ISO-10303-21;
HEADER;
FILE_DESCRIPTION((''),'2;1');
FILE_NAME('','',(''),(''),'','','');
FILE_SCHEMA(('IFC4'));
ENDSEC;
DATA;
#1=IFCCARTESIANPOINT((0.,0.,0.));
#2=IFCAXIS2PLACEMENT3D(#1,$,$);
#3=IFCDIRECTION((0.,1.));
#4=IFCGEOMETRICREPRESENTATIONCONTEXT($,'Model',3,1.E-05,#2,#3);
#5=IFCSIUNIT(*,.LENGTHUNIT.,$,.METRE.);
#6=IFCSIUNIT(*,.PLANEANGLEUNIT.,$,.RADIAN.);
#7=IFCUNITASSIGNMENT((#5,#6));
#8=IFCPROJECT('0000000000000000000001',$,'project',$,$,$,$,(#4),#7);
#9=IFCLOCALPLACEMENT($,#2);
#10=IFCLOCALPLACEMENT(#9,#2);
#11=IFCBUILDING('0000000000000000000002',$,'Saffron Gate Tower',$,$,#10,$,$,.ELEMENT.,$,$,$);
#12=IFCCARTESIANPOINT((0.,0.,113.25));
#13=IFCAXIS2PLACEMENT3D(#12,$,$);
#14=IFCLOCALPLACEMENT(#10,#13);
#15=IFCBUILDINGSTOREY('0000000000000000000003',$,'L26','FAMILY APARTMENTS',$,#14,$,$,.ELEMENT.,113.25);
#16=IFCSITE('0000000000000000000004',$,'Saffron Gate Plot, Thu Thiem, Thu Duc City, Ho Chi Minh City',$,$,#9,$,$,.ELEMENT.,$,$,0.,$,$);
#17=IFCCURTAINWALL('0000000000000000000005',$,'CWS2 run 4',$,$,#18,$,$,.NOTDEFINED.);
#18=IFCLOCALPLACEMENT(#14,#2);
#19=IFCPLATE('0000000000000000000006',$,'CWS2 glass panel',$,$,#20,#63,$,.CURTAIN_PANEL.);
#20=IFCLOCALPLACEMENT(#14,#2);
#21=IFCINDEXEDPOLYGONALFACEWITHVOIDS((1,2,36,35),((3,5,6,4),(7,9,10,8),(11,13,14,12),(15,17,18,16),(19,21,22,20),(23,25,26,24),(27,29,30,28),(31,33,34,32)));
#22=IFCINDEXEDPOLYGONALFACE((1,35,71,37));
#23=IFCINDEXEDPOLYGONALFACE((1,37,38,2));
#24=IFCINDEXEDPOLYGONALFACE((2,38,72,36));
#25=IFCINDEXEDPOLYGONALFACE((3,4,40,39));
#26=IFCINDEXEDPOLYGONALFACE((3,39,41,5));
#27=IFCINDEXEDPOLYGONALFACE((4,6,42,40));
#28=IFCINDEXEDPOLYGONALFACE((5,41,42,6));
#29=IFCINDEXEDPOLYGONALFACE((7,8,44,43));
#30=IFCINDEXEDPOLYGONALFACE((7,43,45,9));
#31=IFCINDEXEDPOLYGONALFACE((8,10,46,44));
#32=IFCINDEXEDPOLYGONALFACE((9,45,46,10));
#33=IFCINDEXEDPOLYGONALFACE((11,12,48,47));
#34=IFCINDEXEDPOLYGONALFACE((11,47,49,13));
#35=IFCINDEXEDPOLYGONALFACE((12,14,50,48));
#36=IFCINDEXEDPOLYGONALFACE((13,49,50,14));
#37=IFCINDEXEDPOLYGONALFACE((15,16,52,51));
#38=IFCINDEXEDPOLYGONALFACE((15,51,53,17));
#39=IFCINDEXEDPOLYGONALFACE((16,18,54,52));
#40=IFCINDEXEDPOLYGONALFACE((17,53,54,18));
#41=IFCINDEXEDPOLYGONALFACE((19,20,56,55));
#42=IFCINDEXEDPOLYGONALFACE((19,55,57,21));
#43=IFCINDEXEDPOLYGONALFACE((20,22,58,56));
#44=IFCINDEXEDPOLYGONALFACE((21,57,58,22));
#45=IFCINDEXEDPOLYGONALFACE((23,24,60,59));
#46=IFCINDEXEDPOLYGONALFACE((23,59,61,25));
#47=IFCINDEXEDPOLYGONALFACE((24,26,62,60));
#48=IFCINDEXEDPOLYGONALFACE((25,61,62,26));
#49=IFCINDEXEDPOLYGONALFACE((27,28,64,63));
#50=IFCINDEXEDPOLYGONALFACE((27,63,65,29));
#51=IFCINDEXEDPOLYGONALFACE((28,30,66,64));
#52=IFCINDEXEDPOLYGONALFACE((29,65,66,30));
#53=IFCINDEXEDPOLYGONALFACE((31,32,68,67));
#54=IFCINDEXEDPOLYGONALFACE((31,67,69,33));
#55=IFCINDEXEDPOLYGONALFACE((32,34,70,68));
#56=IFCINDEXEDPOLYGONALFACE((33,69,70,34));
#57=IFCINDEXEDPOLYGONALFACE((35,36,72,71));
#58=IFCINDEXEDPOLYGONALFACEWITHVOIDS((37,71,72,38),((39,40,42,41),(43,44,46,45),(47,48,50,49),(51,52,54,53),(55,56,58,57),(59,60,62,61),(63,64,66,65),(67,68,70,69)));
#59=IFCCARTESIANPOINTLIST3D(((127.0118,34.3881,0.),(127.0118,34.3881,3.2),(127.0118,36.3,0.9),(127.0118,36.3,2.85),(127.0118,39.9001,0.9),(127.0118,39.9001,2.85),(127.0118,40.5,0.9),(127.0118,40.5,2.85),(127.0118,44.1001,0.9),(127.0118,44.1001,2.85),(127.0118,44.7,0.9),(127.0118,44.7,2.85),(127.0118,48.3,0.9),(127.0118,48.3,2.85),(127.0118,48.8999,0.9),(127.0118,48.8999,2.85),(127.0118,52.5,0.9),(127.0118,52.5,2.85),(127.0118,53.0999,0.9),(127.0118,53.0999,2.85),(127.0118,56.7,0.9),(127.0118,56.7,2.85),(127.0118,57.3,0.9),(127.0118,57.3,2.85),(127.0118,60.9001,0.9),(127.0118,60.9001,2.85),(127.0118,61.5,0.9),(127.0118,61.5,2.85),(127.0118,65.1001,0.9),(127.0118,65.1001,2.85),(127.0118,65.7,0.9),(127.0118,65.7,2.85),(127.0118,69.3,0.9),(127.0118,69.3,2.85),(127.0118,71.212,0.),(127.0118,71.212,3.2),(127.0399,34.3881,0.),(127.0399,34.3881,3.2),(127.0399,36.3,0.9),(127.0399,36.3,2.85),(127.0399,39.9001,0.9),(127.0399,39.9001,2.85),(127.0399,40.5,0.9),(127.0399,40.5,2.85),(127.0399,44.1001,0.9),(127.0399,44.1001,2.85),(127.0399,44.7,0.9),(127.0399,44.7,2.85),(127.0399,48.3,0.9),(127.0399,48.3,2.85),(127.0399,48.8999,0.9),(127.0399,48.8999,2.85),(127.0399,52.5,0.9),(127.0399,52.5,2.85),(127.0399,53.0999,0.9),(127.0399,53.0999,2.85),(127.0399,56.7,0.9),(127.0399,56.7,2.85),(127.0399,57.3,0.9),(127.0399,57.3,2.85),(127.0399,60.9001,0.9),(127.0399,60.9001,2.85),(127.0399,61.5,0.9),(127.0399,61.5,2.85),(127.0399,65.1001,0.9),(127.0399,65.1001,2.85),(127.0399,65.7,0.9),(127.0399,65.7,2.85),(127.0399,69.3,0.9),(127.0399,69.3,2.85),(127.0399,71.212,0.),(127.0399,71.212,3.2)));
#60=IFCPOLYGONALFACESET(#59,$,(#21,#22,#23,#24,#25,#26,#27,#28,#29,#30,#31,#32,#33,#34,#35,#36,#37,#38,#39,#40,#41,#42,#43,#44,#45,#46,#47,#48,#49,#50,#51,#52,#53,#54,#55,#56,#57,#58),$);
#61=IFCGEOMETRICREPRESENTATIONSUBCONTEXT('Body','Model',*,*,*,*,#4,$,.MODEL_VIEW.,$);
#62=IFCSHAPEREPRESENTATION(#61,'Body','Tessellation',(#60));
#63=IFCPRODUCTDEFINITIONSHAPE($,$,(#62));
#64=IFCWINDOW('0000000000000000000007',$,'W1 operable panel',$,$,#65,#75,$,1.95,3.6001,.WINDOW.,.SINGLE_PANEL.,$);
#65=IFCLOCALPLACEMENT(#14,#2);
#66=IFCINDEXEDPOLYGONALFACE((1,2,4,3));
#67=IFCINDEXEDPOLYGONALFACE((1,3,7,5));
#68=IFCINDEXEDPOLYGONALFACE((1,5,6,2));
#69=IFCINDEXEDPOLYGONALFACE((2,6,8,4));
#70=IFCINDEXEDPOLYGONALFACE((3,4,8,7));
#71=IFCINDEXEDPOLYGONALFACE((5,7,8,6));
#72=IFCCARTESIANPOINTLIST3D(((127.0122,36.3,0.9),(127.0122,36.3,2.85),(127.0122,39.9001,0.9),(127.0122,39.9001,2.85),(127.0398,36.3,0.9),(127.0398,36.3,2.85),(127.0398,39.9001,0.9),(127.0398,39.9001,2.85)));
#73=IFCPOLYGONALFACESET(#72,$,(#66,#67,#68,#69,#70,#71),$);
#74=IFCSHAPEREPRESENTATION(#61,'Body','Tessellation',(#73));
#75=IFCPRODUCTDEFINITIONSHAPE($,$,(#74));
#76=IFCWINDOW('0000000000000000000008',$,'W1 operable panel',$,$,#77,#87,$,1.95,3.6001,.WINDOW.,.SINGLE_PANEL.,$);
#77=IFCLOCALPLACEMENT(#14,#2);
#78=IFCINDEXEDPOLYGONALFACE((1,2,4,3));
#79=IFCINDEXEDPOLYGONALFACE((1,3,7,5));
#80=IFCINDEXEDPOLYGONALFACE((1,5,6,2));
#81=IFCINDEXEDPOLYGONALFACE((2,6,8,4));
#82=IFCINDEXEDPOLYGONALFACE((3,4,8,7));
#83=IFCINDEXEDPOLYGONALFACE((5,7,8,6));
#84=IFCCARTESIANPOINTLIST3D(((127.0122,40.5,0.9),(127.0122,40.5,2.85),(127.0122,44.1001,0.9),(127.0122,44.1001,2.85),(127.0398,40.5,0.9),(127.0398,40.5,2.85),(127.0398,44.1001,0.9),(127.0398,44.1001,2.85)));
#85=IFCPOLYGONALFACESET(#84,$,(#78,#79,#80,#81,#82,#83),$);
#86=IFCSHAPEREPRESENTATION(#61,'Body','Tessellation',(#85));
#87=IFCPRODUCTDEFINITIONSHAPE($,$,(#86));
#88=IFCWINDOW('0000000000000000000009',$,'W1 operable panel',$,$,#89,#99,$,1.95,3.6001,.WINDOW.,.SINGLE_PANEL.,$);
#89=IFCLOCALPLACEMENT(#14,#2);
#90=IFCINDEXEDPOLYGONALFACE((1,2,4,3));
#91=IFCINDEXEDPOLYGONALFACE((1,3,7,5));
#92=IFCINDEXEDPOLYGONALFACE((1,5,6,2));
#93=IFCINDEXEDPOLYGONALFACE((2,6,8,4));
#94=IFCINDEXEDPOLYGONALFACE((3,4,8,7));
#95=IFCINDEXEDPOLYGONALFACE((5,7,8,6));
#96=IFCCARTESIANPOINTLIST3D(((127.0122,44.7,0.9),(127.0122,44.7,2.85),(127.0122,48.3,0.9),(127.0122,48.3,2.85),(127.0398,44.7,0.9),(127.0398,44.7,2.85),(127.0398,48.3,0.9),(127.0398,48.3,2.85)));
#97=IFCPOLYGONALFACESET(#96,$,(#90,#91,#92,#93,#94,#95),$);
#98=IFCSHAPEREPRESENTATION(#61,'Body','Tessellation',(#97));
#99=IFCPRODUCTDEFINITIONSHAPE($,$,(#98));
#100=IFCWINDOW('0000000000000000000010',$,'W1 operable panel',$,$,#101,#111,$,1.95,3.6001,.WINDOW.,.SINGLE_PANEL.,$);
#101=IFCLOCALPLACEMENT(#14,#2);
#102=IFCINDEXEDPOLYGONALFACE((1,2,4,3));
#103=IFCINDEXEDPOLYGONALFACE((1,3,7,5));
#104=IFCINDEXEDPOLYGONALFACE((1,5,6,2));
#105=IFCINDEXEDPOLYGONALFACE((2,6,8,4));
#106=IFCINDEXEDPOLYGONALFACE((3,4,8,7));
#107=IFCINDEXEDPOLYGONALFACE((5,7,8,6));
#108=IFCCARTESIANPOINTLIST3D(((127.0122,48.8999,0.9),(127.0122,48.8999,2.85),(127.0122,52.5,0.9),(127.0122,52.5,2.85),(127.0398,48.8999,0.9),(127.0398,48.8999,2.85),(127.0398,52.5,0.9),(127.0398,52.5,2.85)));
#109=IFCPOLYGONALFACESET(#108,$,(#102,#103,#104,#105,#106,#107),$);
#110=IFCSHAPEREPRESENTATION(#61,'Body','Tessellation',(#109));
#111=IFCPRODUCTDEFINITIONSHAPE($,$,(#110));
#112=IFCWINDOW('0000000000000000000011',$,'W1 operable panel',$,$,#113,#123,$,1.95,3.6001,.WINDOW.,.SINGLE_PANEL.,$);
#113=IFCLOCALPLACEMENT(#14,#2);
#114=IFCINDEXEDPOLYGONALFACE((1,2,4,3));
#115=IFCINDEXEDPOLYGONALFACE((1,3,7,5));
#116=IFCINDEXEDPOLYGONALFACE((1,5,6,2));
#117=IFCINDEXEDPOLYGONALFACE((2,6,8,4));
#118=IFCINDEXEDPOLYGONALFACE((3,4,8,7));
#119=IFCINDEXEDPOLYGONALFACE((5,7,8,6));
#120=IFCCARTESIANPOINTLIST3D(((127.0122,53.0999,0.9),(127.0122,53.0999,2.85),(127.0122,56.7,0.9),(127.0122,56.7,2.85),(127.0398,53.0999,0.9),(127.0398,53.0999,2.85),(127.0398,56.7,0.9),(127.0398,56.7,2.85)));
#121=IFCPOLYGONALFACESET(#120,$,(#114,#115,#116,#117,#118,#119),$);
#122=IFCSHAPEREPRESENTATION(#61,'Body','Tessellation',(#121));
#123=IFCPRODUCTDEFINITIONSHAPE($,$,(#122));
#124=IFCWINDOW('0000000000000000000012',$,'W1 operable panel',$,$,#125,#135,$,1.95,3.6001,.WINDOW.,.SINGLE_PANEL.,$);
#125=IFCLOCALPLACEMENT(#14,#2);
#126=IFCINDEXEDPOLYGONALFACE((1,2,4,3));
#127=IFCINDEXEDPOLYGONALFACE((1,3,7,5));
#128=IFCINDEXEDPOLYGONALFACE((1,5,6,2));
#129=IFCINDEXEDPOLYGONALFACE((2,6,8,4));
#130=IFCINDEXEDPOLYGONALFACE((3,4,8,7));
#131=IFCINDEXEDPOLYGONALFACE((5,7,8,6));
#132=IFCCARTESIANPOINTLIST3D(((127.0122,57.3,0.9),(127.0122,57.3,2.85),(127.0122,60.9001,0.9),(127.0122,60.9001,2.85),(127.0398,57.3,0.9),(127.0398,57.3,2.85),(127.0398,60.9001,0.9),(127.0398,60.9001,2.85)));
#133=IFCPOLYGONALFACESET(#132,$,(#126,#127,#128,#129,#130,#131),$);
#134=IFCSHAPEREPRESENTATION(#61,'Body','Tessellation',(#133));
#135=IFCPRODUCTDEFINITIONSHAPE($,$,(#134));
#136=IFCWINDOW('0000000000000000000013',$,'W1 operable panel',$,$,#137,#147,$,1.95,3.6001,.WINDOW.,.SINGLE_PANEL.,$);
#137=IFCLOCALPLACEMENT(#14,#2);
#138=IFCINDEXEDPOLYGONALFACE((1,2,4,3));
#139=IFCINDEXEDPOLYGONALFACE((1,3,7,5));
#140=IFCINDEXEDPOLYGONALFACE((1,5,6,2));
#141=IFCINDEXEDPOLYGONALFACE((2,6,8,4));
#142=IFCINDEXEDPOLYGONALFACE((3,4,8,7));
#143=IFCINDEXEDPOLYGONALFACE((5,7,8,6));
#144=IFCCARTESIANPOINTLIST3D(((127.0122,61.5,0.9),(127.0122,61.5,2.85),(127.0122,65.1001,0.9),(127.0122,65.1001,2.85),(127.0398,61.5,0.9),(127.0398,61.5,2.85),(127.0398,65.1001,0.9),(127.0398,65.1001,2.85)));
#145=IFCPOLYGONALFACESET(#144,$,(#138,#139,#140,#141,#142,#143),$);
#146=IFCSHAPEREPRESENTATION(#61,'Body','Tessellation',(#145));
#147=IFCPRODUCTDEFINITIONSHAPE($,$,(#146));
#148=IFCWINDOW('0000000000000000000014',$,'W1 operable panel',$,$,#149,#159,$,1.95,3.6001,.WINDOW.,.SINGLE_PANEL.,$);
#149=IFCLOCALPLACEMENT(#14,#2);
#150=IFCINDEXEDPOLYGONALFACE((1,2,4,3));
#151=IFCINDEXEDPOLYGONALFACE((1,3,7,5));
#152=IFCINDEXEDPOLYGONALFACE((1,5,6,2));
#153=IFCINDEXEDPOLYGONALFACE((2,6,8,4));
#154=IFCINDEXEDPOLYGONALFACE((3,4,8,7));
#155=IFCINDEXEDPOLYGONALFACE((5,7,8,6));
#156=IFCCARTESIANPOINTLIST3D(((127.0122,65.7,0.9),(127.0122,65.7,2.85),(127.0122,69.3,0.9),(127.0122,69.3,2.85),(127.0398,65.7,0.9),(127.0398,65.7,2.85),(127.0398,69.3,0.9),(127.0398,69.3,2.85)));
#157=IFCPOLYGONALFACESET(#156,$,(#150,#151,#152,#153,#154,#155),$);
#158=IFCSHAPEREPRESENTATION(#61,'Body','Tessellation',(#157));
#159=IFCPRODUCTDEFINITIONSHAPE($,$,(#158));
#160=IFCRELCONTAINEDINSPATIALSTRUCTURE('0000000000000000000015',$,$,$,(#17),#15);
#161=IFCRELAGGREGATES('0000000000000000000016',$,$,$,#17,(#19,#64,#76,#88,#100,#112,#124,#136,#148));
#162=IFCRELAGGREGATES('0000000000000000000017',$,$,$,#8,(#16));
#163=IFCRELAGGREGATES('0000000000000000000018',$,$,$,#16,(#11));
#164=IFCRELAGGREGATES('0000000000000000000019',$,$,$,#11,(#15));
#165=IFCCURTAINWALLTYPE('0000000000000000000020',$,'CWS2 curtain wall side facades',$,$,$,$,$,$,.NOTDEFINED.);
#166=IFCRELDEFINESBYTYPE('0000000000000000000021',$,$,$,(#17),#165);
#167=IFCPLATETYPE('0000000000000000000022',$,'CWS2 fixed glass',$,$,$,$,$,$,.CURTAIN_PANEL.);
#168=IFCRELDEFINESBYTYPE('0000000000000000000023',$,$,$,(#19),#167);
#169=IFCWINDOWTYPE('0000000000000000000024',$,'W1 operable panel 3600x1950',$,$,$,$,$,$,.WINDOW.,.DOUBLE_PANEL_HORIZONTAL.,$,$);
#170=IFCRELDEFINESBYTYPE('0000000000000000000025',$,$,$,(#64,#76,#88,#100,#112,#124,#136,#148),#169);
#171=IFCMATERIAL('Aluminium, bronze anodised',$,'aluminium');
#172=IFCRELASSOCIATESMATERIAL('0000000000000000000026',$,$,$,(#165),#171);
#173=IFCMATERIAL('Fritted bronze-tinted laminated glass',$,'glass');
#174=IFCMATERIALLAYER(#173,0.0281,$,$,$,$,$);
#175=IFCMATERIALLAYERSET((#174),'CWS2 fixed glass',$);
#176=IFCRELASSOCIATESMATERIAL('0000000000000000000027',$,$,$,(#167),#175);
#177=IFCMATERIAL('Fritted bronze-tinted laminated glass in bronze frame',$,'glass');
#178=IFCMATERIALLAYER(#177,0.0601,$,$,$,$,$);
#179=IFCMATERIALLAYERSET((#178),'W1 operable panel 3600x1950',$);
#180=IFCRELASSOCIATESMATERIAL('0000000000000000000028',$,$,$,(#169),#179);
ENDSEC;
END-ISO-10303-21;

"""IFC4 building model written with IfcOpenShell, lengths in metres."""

from ifc_helpers import new_model, si_unit, direction, frame, frame_2d, origin, place, context, subcontext, project, spatial, rectangle, extrude, material, layer, layer_set, type_object, element, fill, aggregate, save


model = new_model("IFC4")

# Units and contexts
model_context = context("Model", 3, precision=1e-05, world=origin(), true_north=direction((0.0, 1.0)))
body_context = subcontext(model_context, "Body", "Model", "MODEL_VIEW")
ifc_project = project(units=[si_unit("LENGTHUNIT", "METRE"), si_unit("PLANEANGLEUNIT", "RADIAN")], contexts=[model_context])

# Site, building, storey
site_placement = place(None, origin())
site = spatial("IfcSite", under=ifc_project, at=site_placement, Name="Saffron Gate Plot, Thu Thiem, Thu Duc City, Ho Chi Minh City", CompositionType="ELEMENT", RefElevation=0.0)
building_placement = place(site_placement, origin())
building = spatial("IfcBuilding", under=site, at=building_placement, Name="Saffron Gate Tower", CompositionType="ELEMENT")
storey_placement = place(building_placement, frame((0.0, 0.0, 113.25)))
storey = spatial("IfcBuildingStorey", under=building, at=storey_placement, Name="L26", Description="FAMILY APARTMENTS", CompositionType="ELEMENT", Elevation=113.25)

# Curtain wall
ifc_material_1 = material(Name="Aluminium, bronze anodised", Category="aluminium")
curtain_wall_type_1 = type_object("IfcCurtainWallType", Name="CWS2 curtain wall side facades", PredefinedType="NOTDEFINED", material=ifc_material_1)
curtain_wall_1_placement = place(storey_placement, origin())
curtain_wall_1 = element("IfcCurtainWall", 1, at=curtain_wall_1_placement, inside=storey, type_object=curtain_wall_type_1, Name="CWS2 run 4", PredefinedType="NOTDEFINED")

# Plate, openings, windows
ifc_material_2 = material(Name="Fritted bronze-tinted laminated glass", Category="glass")
ifc_layer_1 = layer(ifc_material_2, 0.0281)
ifc_layer_set_1 = layer_set([ifc_layer_1], Name="CWS2 fixed glass")
plate_type_1 = type_object("IfcPlateType", Name="CWS2 fixed glass", PredefinedType="CURTAIN_PANEL", material=ifc_layer_set_1)
plate_1_placement = place(storey_placement, frame((127.0259, 34.3879, 0.0), z_axis=(0.0, 0.0, 1.0), x_axis=(0.0, 1.0, 0.0)))
plate_1 = element("IfcPlate", 2, at=plate_1_placement, type_object=plate_type_1, Name="CWS2 glass panel", PredefinedType="CURTAIN_PANEL", context=body_context, shape_type="SweptSolid", body=[
    extrude(rectangle(XDim=36.824, YDim=0.0281, at=frame_2d((18.4121, 0.0))), origin(), (0.0, 0.0, 1.0), 3.2),
])
opening_1_placement = place(plate_1_placement, frame((1.9121, 0.0, 0.8999)))
opening_1 = element("IfcOpeningElement", 3, at=opening_1_placement, cuts=plate_1, PredefinedType="OPENING", context=body_context, shape_type="SweptSolid", body=[
    extrude(rectangle(XDim=3.6001, YDim=1.95, at=frame_2d((1.8, 0.9751))), frame((0.0, 0.0239, 0.0), z_axis=(0.0, -1.0, 0.0), x_axis=(1.0, 0.0, 0.0)), (0.0, 0.0, 1.0), 0.0481),
])
opening_2_placement = place(plate_1_placement, frame((6.1121, 0.0, 0.8999)))
opening_2 = element("IfcOpeningElement", 4, at=opening_2_placement, cuts=plate_1, PredefinedType="OPENING", context=body_context, shape_type="SweptSolid", body=[
    extrude(rectangle(XDim=3.6001, YDim=1.95, at=frame_2d((1.8, 0.9751))), frame((0.0, 0.0239, 0.0), z_axis=(0.0, -1.0, 0.0), x_axis=(1.0, 0.0, 0.0)), (0.0, 0.0, 1.0), 0.0481),
])
opening_3_placement = place(plate_1_placement, frame((10.312, 0.0, 0.8999)))
opening_3 = element("IfcOpeningElement", 5, at=opening_3_placement, cuts=plate_1, PredefinedType="OPENING", context=body_context, shape_type="SweptSolid", body=[
    extrude(rectangle(XDim=3.6001, YDim=1.95, at=frame_2d((1.8, 0.9751))), frame((0.0, 0.0239, 0.0), z_axis=(0.0, -1.0, 0.0), x_axis=(1.0, 0.0, 0.0)), (0.0, 0.0, 1.0), 0.0481),
])
opening_4_placement = place(plate_1_placement, frame((14.512, 0.0, 0.8999)))
opening_4 = element("IfcOpeningElement", 6, at=opening_4_placement, cuts=plate_1, PredefinedType="OPENING", context=body_context, shape_type="SweptSolid", body=[
    extrude(rectangle(XDim=3.6001, YDim=1.95, at=frame_2d((1.8, 0.9751))), frame((0.0, 0.0239, 0.0), z_axis=(0.0, -1.0, 0.0), x_axis=(1.0, 0.0, 0.0)), (0.0, 0.0, 1.0), 0.0481),
])
opening_5_placement = place(plate_1_placement, frame((18.7119, 0.0, 0.8999)))
opening_5 = element("IfcOpeningElement", 7, at=opening_5_placement, cuts=plate_1, PredefinedType="OPENING", context=body_context, shape_type="SweptSolid", body=[
    extrude(rectangle(XDim=3.6001, YDim=1.95, at=frame_2d((1.8, 0.9751))), frame((0.0, 0.0239, 0.0), z_axis=(0.0, -1.0, 0.0), x_axis=(1.0, 0.0, 0.0)), (0.0, 0.0, 1.0), 0.0481),
])
opening_6_placement = place(plate_1_placement, frame((22.9121, 0.0, 0.8999)))
opening_6 = element("IfcOpeningElement", 8, at=opening_6_placement, cuts=plate_1, PredefinedType="OPENING", context=body_context, shape_type="SweptSolid", body=[
    extrude(rectangle(XDim=3.6001, YDim=1.95, at=frame_2d((1.8, 0.9751))), frame((0.0, 0.0239, 0.0), z_axis=(0.0, -1.0, 0.0), x_axis=(1.0, 0.0, 0.0)), (0.0, 0.0, 1.0), 0.0481),
])
opening_7_placement = place(plate_1_placement, frame((27.1121, 0.0, 0.8999)))
opening_7 = element("IfcOpeningElement", 9, at=opening_7_placement, cuts=plate_1, PredefinedType="OPENING", context=body_context, shape_type="SweptSolid", body=[
    extrude(rectangle(XDim=3.6001, YDim=1.95, at=frame_2d((1.8, 0.9751))), frame((0.0, 0.0239, 0.0), z_axis=(0.0, -1.0, 0.0), x_axis=(1.0, 0.0, 0.0)), (0.0, 0.0, 1.0), 0.0481),
])
opening_8_placement = place(plate_1_placement, frame((31.312, 0.0, 0.8999)))
opening_8 = element("IfcOpeningElement", 10, at=opening_8_placement, cuts=plate_1, PredefinedType="OPENING", context=body_context, shape_type="SweptSolid", body=[
    extrude(rectangle(XDim=3.6001, YDim=1.95, at=frame_2d((1.8, 0.9751))), frame((0.0, 0.0239, 0.0), z_axis=(0.0, -1.0, 0.0), x_axis=(1.0, 0.0, 0.0)), (0.0, 0.0, 1.0), 0.0481),
])
ifc_material_3 = material(Name="Fritted bronze-tinted laminated glass in bronze frame", Category="glass")
ifc_layer_2 = layer(ifc_material_3, 0.0601)
ifc_layer_set_2 = layer_set([ifc_layer_2], Name="W1 operable panel 3600x1950")
window_type = type_object("IfcWindowType", Name="W1 operable panel 3600x1950", PartitioningType="DOUBLE_PANEL_HORIZONTAL", PredefinedType="WINDOW", material=ifc_layer_set_2)
window_1_placement = place(opening_1_placement, origin())
window_1 = element("IfcWindow", 11, at=window_1_placement, type_object=window_type, Name="W1 operable panel", OverallHeight=1.95, OverallWidth=3.6001, PartitioningType="SINGLE_PANEL", PredefinedType="WINDOW", context=body_context, shape_type="SweptSolid", body=[
    extrude(rectangle(XDim=3.6001, YDim=1.95, at=frame_2d((1.8, 0.9751))), frame((0.0, 0.0137, 0.0), z_axis=(0.0, -1.0, 0.0), x_axis=(1.0, 0.0, 0.0)), (0.0, 0.0, 1.0), 0.0276),
])
fill(opening_1, window_1)
window_2_placement = place(opening_2_placement, origin())
window_2 = element("IfcWindow", 12, at=window_2_placement, type_object=window_type, Name="W1 operable panel", OverallHeight=1.95, OverallWidth=3.6001, PartitioningType="SINGLE_PANEL", PredefinedType="WINDOW", context=body_context, shape_type="SweptSolid", body=[
    extrude(rectangle(XDim=3.6001, YDim=1.95, at=frame_2d((1.8, 0.9751))), frame((0.0, 0.0137, 0.0), z_axis=(0.0, -1.0, 0.0), x_axis=(1.0, 0.0, 0.0)), (0.0, 0.0, 1.0), 0.0276),
])
fill(opening_2, window_2)
window_3_placement = place(opening_3_placement, origin())
window_3 = element("IfcWindow", 13, at=window_3_placement, type_object=window_type, Name="W1 operable panel", OverallHeight=1.95, OverallWidth=3.6001, PartitioningType="SINGLE_PANEL", PredefinedType="WINDOW", context=body_context, shape_type="SweptSolid", body=[
    extrude(rectangle(XDim=3.6001, YDim=1.95, at=frame_2d((1.8, 0.9751))), frame((0.0, 0.0137, 0.0), z_axis=(0.0, -1.0, 0.0), x_axis=(1.0, 0.0, 0.0)), (0.0, 0.0, 1.0), 0.0276),
])
fill(opening_3, window_3)
window_4_placement = place(opening_4_placement, origin())
window_4 = element("IfcWindow", 14, at=window_4_placement, type_object=window_type, Name="W1 operable panel", OverallHeight=1.95, OverallWidth=3.6001, PartitioningType="SINGLE_PANEL", PredefinedType="WINDOW", context=body_context, shape_type="SweptSolid", body=[
    extrude(rectangle(XDim=3.6001, YDim=1.95, at=frame_2d((1.8, 0.9751))), frame((0.0, 0.0137, 0.0), z_axis=(0.0, -1.0, 0.0), x_axis=(1.0, 0.0, 0.0)), (0.0, 0.0, 1.0), 0.0276),
])
fill(opening_4, window_4)
window_5_placement = place(opening_5_placement, origin())
window_5 = element("IfcWindow", 15, at=window_5_placement, type_object=window_type, Name="W1 operable panel", OverallHeight=1.95, OverallWidth=3.6001, PartitioningType="SINGLE_PANEL", PredefinedType="WINDOW", context=body_context, shape_type="SweptSolid", body=[
    extrude(rectangle(XDim=3.6001, YDim=1.95, at=frame_2d((1.8, 0.9751))), frame((0.0, 0.0137, 0.0), z_axis=(0.0, -1.0, 0.0), x_axis=(1.0, 0.0, 0.0)), (0.0, 0.0, 1.0), 0.0276),
])
fill(opening_5, window_5)
window_6_placement = place(opening_6_placement, origin())
window_6 = element("IfcWindow", 16, at=window_6_placement, type_object=window_type, Name="W1 operable panel", OverallHeight=1.95, OverallWidth=3.6001, PartitioningType="SINGLE_PANEL", PredefinedType="WINDOW", context=body_context, shape_type="SweptSolid", body=[
    extrude(rectangle(XDim=3.6001, YDim=1.95, at=frame_2d((1.8, 0.9751))), frame((0.0, 0.0137, 0.0), z_axis=(0.0, -1.0, 0.0), x_axis=(1.0, 0.0, 0.0)), (0.0, 0.0, 1.0), 0.0276),
])
fill(opening_6, window_6)
window_7_placement = place(opening_7_placement, origin())
window_7 = element("IfcWindow", 17, at=window_7_placement, type_object=window_type, Name="W1 operable panel", OverallHeight=1.95, OverallWidth=3.6001, PartitioningType="SINGLE_PANEL", PredefinedType="WINDOW", context=body_context, shape_type="SweptSolid", body=[
    extrude(rectangle(XDim=3.6001, YDim=1.95, at=frame_2d((1.8, 0.9751))), frame((0.0, 0.0137, 0.0), z_axis=(0.0, -1.0, 0.0), x_axis=(1.0, 0.0, 0.0)), (0.0, 0.0, 1.0), 0.0276),
])
fill(opening_7, window_7)
window_8_placement = place(opening_8_placement, origin())
window_8 = element("IfcWindow", 18, at=window_8_placement, type_object=window_type, Name="W1 operable panel", OverallHeight=1.95, OverallWidth=3.6001, PartitioningType="SINGLE_PANEL", PredefinedType="WINDOW", context=body_context, shape_type="SweptSolid", body=[
    extrude(rectangle(XDim=3.6001, YDim=1.95, at=frame_2d((1.8, 0.9751))), frame((0.0, 0.0137, 0.0), z_axis=(0.0, -1.0, 0.0), x_axis=(1.0, 0.0, 0.0)), (0.0, 0.0, 1.0), 0.0276),
])
fill(opening_8, window_8)
aggregate(curtain_wall_1, [plate_1, window_1, window_2, window_3, window_4, window_5, window_6, window_7, window_8])

save(model, "model.ifc")
